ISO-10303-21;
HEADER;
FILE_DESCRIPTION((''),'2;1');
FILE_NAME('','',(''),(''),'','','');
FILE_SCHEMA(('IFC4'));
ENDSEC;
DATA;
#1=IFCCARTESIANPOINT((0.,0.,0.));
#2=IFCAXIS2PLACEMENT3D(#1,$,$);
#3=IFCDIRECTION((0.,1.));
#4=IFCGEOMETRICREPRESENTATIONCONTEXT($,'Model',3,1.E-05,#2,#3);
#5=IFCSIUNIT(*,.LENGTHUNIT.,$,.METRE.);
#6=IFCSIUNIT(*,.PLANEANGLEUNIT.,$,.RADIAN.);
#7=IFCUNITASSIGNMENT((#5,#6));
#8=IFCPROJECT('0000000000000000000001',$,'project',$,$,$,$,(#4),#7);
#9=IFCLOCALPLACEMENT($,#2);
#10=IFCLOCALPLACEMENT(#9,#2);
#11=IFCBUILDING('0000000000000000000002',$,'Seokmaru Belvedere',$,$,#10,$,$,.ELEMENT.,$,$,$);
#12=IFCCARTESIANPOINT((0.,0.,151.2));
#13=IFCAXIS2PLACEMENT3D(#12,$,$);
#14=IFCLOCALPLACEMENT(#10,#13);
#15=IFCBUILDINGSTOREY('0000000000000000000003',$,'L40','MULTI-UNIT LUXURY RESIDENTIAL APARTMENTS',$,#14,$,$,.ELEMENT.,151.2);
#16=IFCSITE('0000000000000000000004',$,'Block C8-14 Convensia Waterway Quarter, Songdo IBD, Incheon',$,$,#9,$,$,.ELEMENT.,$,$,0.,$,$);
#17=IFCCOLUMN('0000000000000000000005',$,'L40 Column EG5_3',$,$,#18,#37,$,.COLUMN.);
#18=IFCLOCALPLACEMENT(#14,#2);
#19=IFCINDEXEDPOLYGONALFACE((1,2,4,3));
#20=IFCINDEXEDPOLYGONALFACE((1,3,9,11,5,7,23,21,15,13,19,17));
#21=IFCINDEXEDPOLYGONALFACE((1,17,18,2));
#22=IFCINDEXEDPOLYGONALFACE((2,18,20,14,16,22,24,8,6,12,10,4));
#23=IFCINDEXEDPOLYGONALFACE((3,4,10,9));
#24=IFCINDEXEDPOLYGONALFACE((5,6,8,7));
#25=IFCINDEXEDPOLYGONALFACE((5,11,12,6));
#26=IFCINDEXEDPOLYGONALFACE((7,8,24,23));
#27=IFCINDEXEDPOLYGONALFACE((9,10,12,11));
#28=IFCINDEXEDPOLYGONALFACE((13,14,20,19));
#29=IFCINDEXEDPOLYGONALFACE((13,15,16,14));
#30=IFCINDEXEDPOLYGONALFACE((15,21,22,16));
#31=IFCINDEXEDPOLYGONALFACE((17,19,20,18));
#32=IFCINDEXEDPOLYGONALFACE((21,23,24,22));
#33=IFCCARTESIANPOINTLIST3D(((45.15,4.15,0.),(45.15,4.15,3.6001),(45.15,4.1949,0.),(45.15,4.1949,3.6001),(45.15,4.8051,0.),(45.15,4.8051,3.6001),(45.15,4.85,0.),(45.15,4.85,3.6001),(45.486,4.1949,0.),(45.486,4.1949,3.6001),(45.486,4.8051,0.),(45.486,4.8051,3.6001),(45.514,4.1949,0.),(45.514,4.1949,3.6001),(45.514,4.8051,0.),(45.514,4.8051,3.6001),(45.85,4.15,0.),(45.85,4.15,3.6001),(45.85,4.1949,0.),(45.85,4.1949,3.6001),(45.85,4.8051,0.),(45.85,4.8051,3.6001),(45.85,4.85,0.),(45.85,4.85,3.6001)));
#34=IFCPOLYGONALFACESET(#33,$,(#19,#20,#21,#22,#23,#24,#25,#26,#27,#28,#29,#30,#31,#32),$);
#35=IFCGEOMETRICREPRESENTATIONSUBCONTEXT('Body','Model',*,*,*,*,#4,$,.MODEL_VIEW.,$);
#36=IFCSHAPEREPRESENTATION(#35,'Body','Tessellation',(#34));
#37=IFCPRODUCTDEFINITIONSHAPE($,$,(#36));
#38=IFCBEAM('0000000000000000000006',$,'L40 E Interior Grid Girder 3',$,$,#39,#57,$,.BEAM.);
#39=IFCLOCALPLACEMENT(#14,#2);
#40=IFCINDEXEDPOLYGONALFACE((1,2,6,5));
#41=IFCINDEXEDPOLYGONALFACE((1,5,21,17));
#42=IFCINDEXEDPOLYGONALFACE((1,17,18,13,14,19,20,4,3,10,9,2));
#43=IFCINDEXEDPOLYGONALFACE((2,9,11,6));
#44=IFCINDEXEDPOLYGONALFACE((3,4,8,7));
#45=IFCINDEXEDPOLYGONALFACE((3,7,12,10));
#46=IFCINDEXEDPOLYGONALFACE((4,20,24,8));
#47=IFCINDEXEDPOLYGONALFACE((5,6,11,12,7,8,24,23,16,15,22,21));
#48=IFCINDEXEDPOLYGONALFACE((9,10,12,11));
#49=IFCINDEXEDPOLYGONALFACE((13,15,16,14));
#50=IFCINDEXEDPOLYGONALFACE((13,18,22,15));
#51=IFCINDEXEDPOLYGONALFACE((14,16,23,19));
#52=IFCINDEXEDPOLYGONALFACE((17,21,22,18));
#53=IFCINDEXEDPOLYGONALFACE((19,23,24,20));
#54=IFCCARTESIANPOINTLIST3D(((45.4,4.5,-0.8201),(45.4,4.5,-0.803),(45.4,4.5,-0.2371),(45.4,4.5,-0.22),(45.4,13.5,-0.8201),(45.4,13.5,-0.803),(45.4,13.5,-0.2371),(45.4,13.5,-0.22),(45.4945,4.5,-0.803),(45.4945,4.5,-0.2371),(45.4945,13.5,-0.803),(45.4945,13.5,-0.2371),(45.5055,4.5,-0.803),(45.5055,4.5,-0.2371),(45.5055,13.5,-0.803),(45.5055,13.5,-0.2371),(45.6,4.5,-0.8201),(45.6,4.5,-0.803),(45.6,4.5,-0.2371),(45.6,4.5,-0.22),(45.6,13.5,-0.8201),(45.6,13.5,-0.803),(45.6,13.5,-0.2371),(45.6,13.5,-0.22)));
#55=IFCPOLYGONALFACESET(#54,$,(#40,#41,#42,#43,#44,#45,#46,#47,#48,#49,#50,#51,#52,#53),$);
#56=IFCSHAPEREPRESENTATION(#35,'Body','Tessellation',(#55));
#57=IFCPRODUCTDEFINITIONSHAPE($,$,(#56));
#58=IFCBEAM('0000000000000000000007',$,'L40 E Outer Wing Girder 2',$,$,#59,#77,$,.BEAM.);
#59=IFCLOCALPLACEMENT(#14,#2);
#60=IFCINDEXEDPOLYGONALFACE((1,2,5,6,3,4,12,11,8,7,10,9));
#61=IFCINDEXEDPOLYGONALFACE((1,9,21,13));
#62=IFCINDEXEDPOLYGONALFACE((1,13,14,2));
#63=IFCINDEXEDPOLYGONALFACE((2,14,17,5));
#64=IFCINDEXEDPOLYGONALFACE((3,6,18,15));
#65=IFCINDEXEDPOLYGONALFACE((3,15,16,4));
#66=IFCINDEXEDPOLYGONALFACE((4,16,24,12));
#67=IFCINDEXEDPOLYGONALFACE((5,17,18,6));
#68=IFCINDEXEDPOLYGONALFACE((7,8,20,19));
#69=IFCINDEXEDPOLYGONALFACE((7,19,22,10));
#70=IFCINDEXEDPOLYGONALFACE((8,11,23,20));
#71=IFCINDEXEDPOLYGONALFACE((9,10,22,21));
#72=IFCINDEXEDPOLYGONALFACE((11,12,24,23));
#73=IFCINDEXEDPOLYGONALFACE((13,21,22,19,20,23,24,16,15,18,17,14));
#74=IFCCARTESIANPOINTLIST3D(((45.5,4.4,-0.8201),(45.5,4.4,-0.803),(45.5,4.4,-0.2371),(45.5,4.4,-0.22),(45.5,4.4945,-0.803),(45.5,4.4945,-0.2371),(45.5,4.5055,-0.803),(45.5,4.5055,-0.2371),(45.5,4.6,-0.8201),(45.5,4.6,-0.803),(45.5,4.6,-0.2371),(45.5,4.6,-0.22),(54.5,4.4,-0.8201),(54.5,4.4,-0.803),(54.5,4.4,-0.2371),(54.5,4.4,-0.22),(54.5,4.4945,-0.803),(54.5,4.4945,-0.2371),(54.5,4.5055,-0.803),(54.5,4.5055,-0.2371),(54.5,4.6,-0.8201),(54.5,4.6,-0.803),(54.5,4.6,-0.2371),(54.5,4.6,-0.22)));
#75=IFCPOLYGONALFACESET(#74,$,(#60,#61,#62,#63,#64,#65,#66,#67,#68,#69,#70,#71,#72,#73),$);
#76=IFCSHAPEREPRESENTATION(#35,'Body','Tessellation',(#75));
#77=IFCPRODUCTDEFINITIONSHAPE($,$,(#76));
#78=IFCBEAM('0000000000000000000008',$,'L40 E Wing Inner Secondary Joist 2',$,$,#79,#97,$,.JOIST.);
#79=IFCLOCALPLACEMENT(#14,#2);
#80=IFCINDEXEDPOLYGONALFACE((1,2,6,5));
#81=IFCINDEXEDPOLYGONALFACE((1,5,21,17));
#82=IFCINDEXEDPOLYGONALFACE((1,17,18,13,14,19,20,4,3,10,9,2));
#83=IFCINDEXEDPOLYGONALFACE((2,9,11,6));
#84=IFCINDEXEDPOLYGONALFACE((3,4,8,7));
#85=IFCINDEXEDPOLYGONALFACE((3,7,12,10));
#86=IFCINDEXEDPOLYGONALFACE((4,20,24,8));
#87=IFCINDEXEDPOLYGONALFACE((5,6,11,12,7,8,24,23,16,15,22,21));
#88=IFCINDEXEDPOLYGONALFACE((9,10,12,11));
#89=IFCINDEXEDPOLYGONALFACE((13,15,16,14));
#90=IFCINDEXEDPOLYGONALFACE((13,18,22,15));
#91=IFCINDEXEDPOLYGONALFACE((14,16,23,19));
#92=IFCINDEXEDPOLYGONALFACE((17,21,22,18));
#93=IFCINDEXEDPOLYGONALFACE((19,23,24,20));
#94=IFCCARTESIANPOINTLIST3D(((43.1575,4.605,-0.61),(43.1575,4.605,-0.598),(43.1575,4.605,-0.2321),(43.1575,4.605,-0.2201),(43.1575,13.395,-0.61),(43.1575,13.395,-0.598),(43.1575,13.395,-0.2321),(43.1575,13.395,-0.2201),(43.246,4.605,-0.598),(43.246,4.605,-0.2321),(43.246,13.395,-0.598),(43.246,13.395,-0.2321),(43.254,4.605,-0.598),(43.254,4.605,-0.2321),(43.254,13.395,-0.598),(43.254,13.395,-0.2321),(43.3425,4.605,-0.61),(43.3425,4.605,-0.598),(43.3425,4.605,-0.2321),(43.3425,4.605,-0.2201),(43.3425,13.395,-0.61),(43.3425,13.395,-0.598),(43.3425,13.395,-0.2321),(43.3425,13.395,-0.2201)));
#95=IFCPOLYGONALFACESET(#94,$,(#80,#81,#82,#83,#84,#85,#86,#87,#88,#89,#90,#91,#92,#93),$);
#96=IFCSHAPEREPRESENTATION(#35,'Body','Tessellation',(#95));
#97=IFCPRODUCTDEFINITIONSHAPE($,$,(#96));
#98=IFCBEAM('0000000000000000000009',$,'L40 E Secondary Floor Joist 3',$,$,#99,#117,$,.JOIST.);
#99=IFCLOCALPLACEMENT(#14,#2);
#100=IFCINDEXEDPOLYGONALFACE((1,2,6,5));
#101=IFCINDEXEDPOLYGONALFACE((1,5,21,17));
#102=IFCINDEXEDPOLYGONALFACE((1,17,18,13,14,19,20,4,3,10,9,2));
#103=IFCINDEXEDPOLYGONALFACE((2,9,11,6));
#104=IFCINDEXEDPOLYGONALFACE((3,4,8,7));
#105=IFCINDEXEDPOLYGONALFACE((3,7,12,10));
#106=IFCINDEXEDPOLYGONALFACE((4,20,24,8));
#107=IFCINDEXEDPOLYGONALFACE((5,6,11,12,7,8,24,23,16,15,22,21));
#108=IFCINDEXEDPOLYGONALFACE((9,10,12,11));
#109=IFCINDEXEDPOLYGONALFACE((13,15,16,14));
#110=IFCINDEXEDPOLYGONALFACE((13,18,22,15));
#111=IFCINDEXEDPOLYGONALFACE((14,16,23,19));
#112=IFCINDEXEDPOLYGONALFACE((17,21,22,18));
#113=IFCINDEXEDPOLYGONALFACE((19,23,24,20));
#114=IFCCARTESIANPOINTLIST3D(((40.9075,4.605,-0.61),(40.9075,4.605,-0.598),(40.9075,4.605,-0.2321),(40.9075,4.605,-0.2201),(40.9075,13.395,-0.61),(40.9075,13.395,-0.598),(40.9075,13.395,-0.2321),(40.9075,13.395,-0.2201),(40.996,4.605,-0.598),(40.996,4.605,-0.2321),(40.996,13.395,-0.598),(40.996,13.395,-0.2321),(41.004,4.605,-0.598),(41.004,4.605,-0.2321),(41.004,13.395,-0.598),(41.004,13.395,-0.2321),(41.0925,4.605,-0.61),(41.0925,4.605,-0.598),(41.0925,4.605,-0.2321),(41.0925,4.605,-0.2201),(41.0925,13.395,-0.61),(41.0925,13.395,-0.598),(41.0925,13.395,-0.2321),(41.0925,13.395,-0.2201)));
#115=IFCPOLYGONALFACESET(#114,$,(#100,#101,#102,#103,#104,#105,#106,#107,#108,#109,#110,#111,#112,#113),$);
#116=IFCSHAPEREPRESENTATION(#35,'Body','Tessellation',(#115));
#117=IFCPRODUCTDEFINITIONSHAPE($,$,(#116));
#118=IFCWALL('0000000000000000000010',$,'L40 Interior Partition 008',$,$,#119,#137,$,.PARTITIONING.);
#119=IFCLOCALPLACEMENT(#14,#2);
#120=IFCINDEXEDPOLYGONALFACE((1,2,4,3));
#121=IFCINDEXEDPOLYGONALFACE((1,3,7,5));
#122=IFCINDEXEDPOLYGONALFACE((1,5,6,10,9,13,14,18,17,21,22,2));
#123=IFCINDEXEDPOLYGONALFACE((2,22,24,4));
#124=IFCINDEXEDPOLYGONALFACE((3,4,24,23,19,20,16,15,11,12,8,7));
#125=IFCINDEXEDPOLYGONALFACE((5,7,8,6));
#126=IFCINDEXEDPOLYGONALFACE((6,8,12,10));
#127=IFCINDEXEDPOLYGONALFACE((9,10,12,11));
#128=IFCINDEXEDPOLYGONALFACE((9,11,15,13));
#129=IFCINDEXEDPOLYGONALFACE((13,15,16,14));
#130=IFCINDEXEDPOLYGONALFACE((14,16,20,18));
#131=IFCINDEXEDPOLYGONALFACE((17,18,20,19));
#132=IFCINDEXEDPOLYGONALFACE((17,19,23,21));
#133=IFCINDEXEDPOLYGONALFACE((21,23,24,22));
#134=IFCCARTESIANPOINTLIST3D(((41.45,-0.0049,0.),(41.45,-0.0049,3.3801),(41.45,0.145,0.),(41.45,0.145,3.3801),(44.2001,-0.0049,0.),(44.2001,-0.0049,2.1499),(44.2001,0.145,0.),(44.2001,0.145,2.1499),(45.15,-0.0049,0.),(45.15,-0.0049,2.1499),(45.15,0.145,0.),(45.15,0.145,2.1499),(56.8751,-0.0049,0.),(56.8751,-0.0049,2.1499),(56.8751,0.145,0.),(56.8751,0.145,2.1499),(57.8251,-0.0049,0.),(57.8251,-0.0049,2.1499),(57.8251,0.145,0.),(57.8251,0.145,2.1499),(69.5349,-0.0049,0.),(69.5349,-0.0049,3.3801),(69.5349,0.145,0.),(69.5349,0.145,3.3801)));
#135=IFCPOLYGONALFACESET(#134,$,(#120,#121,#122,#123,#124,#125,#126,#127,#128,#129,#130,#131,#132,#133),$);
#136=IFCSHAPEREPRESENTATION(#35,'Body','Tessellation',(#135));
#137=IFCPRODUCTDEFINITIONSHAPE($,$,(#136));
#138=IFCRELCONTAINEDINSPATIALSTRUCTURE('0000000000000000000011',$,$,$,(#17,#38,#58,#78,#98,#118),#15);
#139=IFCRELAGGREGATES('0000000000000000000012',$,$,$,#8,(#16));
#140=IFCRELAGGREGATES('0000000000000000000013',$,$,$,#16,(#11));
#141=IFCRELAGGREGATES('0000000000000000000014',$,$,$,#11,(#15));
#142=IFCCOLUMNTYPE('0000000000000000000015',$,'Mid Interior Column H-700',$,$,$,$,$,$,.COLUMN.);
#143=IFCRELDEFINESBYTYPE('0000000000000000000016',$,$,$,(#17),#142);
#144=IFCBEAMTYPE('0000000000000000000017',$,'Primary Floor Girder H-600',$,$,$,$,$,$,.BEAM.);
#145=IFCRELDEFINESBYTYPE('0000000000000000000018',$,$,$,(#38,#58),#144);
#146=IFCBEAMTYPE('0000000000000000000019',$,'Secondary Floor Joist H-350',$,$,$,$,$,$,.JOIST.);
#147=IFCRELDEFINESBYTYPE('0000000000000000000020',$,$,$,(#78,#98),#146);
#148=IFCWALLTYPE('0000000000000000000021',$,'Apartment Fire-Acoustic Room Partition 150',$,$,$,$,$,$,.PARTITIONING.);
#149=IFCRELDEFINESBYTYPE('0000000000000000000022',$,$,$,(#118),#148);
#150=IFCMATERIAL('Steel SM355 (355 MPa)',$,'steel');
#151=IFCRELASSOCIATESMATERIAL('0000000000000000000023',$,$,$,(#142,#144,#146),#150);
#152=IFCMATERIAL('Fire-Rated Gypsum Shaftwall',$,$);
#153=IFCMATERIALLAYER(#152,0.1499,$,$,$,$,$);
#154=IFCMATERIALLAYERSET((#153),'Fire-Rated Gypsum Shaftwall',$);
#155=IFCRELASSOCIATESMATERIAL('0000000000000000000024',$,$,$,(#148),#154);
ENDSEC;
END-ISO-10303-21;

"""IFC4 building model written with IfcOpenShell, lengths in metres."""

from ifc_helpers import new_model, si_unit, direction, frame, frame_2d, origin, origin_2d, place, context, subcontext, project, spatial, rectangle, i_section, extrude, source, transform, mapped, material, layer, layer_set, material_profile, profile_set, type_object, type_shapes, element, save


model = new_model("IFC4")

# Units and contexts
model_context = context("Model", 3, precision=1e-05, world=origin(), true_north=direction((0.0, 1.0)))
body_context = subcontext(model_context, "Body", "Model", "MODEL_VIEW")
ifc_project = project(units=[si_unit("LENGTHUNIT", "METRE"), si_unit("PLANEANGLEUNIT", "RADIAN")], contexts=[model_context])

# Site, building, storey
site_placement = place(None, origin())
site = spatial("IfcSite", under=ifc_project, at=site_placement, Name="Block C8-14 Convensia Waterway Quarter, Songdo IBD, Incheon", CompositionType="ELEMENT", RefElevation=0.0)
building_placement = place(site_placement, origin())
building = spatial("IfcBuilding", under=site, at=building_placement, Name="Seokmaru Belvedere", CompositionType="ELEMENT")
storey_placement = place(building_placement, frame((0.0, 0.0, 151.2)))
storey = spatial("IfcBuildingStorey", under=building, at=storey_placement, Name="L40", Description="MULTI-UNIT LUXURY RESIDENTIAL APARTMENTS", CompositionType="ELEMENT", Elevation=151.2)

# Column
ifc_material_1 = material(Name="Steel SM355 (355 MPa)", Category="steel")
ifc_material_profile_1 = material_profile(ifc_material_1, i_section(OverallWidth=0.7, OverallDepth=0.7, WebThickness=0.0281, FlangeThickness=0.0449, at=origin_2d()), Name="H-700x700x28x45")
ifc_profile_set_1 = profile_set([ifc_material_profile_1], Name="Steel SM355 (355 MPa)")
column_type = type_object("IfcColumnType", Name="Mid Interior Column H-700", PredefinedType="COLUMN", material=ifc_profile_set_1)
shared_shape_1 = source(origin(), body_context, "Body", "SweptSolid", [
    extrude(i_section(OverallWidth=0.7, OverallDepth=0.7, WebThickness=0.0281, FlangeThickness=0.0449, at=origin_2d()), origin(), (0.0, 0.0, 1.0), 3.6001),
])
type_shapes(column_type, [shared_shape_1])
column_placement = place(storey_placement, frame((45.5, 4.5, 0.0), z_axis=(0.0, 0.0, 1.0), x_axis=(1.0, 0.0, 0.0)))
element("IfcColumn", 1, at=column_placement, inside=storey, type_object=column_type, Name="L40 Column EG5_3", PredefinedType="COLUMN", context=body_context, shape_type="MappedRepresentation", body=[
    mapped(shared_shape_1, transform((0.0, 0.0, 0.0), scale=1.0)),
])

# Beams
ifc_material_profile_2 = material_profile(ifc_material_1, i_section(OverallWidth=0.2, OverallDepth=0.6001, WebThickness=0.011, FlangeThickness=0.0171, at=origin_2d()), Name="H-600x200x11x17")
ifc_profile_set_2 = profile_set([ifc_material_profile_2], Name="Steel SM355 (355 MPa)")
beam_type_1 = type_object("IfcBeamType", Name="Primary Floor Girder H-600", PredefinedType="BEAM", material=ifc_profile_set_2)
shared_shape_2 = source(origin(), body_context, "Body", "SweptSolid", [
    extrude(i_section(OverallWidth=0.2, OverallDepth=0.6001, WebThickness=0.011, FlangeThickness=0.0171, at=origin_2d()), origin(), (0.0, 0.0, 1.0), 9.0),
])
type_shapes(beam_type_1, [shared_shape_2])
for number, where, z_axis, x_axis, name in (
    (2, (45.5, 4.5, -0.52), (0.0, 1.0, 0.0), (-1.0, 0.0, 0.0), "L40 E Interior Grid Girder 3"),
    (3, (45.5, 4.5, -0.52), (1.0, 0.0, 0.0), (0.0, 1.0, 0.0), "L40 E Outer Wing Girder 2"),
):
    element("IfcBeam", number, at=place(storey_placement, frame(where, z_axis=z_axis, x_axis=x_axis)), inside=storey, type_object=beam_type_1, Name=name, PredefinedType="BEAM", context=body_context, shape_type="MappedRepresentation", body=[
        mapped(shared_shape_2, transform((0.0, 0.0, 0.0), scale=1.0)),
    ])
ifc_material_profile_3 = material_profile(ifc_material_1, i_section(OverallWidth=0.1851, OverallDepth=0.3899, WebThickness=0.0081, FlangeThickness=0.012, at=origin_2d()), Name="H-390x185x8x12")
ifc_profile_set_3 = profile_set([ifc_material_profile_3], Name="Steel SM355 (355 MPa)")
beam_type_2 = type_object("IfcBeamType", Name="Secondary Floor Joist H-350", PredefinedType="JOIST", material=ifc_profile_set_3)
shared_shape_3 = source(origin(), body_context, "Body", "SweptSolid", [
    extrude(i_section(OverallWidth=0.1851, OverallDepth=0.3899, WebThickness=0.0081, FlangeThickness=0.012, at=origin_2d()), origin(), (0.0, 0.0, 1.0), 8.79),
])
type_shapes(beam_type_2, [shared_shape_3])
for number, where, z_axis, x_axis, name in (
    (4, (43.25, 4.605, -0.415), (0.0, 1.0, 0.0), (-1.0, 0.0, 0.0), "L40 E Wing Inner Secondary Joist 2"),
    (5, (41.0, 4.605, -0.415), (0.0, 1.0, 0.0), (-1.0, 0.0, 0.0), "L40 E Secondary Floor Joist 3"),
):
    element("IfcBeam", number, at=place(storey_placement, frame(where, z_axis=z_axis, x_axis=x_axis)), inside=storey, type_object=beam_type_2, Name=name, PredefinedType="JOIST", context=body_context, shape_type="MappedRepresentation", body=[
        mapped(shared_shape_3, transform((0.0, 0.0, 0.0), scale=1.0)),
    ])

# Wall, openings
ifc_material_2 = material(Name="Fire-Rated Gypsum Shaftwall")
ifc_layer_1 = layer(ifc_material_2, 0.1499)
ifc_layer_set_1 = layer_set([ifc_layer_1], Name="Fire-Rated Gypsum Shaftwall")
wall_type_1 = type_object("IfcWallType", Name="Apartment Fire-Acoustic Room Partition 150", PredefinedType="PARTITIONING", material=ifc_layer_set_1)
wall_1_placement = place(storey_placement, frame((41.45, 0.0701, 0.0), z_axis=(0.0, 0.0, 1.0), x_axis=(1.0, 0.0, 0.0)))
wall_1 = element("IfcWall", 6, at=wall_1_placement, inside=storey, type_object=wall_type_1, Name="L40 Interior Partition 008", PredefinedType="PARTITIONING", context=body_context, shape_type="SweptSolid", body=[
    extrude(rectangle(XDim=28.085, YDim=0.1499, at=frame_2d((14.0425, 0.0))), origin(), (0.0, 0.0, 1.0), 3.3801),
])
opening_1_placement = place(wall_1_placement, frame((2.75, 0.0, 0.0)))
element("IfcOpeningElement", 7, at=opening_1_placement, cuts=wall_1, PredefinedType="OPENING", context=body_context, shape_type="SweptSolid", body=[
    extrude(rectangle(XDim=0.95, YDim=2.1499, at=frame_2d((0.4751, 1.075))), frame((0.0, 0.085, 0.0), z_axis=(0.0, -1.0, 0.0), x_axis=(1.0, 0.0, 0.0)), (0.0, 0.0, 1.0), 0.1699),
])
opening_2_placement = place(wall_1_placement, frame((15.425, 0.0, 0.0)))
element("IfcOpeningElement", 8, at=opening_2_placement, cuts=wall_1, PredefinedType="OPENING", context=body_context, shape_type="SweptSolid", body=[
    extrude(rectangle(XDim=0.95, YDim=2.1499, at=frame_2d((0.4751, 1.075))), frame((0.0, 0.085, 0.0), z_axis=(0.0, -1.0, 0.0), x_axis=(1.0, 0.0, 0.0)), (0.0, 0.0, 1.0), 0.1699),
])

save(model, "model.ifc")
